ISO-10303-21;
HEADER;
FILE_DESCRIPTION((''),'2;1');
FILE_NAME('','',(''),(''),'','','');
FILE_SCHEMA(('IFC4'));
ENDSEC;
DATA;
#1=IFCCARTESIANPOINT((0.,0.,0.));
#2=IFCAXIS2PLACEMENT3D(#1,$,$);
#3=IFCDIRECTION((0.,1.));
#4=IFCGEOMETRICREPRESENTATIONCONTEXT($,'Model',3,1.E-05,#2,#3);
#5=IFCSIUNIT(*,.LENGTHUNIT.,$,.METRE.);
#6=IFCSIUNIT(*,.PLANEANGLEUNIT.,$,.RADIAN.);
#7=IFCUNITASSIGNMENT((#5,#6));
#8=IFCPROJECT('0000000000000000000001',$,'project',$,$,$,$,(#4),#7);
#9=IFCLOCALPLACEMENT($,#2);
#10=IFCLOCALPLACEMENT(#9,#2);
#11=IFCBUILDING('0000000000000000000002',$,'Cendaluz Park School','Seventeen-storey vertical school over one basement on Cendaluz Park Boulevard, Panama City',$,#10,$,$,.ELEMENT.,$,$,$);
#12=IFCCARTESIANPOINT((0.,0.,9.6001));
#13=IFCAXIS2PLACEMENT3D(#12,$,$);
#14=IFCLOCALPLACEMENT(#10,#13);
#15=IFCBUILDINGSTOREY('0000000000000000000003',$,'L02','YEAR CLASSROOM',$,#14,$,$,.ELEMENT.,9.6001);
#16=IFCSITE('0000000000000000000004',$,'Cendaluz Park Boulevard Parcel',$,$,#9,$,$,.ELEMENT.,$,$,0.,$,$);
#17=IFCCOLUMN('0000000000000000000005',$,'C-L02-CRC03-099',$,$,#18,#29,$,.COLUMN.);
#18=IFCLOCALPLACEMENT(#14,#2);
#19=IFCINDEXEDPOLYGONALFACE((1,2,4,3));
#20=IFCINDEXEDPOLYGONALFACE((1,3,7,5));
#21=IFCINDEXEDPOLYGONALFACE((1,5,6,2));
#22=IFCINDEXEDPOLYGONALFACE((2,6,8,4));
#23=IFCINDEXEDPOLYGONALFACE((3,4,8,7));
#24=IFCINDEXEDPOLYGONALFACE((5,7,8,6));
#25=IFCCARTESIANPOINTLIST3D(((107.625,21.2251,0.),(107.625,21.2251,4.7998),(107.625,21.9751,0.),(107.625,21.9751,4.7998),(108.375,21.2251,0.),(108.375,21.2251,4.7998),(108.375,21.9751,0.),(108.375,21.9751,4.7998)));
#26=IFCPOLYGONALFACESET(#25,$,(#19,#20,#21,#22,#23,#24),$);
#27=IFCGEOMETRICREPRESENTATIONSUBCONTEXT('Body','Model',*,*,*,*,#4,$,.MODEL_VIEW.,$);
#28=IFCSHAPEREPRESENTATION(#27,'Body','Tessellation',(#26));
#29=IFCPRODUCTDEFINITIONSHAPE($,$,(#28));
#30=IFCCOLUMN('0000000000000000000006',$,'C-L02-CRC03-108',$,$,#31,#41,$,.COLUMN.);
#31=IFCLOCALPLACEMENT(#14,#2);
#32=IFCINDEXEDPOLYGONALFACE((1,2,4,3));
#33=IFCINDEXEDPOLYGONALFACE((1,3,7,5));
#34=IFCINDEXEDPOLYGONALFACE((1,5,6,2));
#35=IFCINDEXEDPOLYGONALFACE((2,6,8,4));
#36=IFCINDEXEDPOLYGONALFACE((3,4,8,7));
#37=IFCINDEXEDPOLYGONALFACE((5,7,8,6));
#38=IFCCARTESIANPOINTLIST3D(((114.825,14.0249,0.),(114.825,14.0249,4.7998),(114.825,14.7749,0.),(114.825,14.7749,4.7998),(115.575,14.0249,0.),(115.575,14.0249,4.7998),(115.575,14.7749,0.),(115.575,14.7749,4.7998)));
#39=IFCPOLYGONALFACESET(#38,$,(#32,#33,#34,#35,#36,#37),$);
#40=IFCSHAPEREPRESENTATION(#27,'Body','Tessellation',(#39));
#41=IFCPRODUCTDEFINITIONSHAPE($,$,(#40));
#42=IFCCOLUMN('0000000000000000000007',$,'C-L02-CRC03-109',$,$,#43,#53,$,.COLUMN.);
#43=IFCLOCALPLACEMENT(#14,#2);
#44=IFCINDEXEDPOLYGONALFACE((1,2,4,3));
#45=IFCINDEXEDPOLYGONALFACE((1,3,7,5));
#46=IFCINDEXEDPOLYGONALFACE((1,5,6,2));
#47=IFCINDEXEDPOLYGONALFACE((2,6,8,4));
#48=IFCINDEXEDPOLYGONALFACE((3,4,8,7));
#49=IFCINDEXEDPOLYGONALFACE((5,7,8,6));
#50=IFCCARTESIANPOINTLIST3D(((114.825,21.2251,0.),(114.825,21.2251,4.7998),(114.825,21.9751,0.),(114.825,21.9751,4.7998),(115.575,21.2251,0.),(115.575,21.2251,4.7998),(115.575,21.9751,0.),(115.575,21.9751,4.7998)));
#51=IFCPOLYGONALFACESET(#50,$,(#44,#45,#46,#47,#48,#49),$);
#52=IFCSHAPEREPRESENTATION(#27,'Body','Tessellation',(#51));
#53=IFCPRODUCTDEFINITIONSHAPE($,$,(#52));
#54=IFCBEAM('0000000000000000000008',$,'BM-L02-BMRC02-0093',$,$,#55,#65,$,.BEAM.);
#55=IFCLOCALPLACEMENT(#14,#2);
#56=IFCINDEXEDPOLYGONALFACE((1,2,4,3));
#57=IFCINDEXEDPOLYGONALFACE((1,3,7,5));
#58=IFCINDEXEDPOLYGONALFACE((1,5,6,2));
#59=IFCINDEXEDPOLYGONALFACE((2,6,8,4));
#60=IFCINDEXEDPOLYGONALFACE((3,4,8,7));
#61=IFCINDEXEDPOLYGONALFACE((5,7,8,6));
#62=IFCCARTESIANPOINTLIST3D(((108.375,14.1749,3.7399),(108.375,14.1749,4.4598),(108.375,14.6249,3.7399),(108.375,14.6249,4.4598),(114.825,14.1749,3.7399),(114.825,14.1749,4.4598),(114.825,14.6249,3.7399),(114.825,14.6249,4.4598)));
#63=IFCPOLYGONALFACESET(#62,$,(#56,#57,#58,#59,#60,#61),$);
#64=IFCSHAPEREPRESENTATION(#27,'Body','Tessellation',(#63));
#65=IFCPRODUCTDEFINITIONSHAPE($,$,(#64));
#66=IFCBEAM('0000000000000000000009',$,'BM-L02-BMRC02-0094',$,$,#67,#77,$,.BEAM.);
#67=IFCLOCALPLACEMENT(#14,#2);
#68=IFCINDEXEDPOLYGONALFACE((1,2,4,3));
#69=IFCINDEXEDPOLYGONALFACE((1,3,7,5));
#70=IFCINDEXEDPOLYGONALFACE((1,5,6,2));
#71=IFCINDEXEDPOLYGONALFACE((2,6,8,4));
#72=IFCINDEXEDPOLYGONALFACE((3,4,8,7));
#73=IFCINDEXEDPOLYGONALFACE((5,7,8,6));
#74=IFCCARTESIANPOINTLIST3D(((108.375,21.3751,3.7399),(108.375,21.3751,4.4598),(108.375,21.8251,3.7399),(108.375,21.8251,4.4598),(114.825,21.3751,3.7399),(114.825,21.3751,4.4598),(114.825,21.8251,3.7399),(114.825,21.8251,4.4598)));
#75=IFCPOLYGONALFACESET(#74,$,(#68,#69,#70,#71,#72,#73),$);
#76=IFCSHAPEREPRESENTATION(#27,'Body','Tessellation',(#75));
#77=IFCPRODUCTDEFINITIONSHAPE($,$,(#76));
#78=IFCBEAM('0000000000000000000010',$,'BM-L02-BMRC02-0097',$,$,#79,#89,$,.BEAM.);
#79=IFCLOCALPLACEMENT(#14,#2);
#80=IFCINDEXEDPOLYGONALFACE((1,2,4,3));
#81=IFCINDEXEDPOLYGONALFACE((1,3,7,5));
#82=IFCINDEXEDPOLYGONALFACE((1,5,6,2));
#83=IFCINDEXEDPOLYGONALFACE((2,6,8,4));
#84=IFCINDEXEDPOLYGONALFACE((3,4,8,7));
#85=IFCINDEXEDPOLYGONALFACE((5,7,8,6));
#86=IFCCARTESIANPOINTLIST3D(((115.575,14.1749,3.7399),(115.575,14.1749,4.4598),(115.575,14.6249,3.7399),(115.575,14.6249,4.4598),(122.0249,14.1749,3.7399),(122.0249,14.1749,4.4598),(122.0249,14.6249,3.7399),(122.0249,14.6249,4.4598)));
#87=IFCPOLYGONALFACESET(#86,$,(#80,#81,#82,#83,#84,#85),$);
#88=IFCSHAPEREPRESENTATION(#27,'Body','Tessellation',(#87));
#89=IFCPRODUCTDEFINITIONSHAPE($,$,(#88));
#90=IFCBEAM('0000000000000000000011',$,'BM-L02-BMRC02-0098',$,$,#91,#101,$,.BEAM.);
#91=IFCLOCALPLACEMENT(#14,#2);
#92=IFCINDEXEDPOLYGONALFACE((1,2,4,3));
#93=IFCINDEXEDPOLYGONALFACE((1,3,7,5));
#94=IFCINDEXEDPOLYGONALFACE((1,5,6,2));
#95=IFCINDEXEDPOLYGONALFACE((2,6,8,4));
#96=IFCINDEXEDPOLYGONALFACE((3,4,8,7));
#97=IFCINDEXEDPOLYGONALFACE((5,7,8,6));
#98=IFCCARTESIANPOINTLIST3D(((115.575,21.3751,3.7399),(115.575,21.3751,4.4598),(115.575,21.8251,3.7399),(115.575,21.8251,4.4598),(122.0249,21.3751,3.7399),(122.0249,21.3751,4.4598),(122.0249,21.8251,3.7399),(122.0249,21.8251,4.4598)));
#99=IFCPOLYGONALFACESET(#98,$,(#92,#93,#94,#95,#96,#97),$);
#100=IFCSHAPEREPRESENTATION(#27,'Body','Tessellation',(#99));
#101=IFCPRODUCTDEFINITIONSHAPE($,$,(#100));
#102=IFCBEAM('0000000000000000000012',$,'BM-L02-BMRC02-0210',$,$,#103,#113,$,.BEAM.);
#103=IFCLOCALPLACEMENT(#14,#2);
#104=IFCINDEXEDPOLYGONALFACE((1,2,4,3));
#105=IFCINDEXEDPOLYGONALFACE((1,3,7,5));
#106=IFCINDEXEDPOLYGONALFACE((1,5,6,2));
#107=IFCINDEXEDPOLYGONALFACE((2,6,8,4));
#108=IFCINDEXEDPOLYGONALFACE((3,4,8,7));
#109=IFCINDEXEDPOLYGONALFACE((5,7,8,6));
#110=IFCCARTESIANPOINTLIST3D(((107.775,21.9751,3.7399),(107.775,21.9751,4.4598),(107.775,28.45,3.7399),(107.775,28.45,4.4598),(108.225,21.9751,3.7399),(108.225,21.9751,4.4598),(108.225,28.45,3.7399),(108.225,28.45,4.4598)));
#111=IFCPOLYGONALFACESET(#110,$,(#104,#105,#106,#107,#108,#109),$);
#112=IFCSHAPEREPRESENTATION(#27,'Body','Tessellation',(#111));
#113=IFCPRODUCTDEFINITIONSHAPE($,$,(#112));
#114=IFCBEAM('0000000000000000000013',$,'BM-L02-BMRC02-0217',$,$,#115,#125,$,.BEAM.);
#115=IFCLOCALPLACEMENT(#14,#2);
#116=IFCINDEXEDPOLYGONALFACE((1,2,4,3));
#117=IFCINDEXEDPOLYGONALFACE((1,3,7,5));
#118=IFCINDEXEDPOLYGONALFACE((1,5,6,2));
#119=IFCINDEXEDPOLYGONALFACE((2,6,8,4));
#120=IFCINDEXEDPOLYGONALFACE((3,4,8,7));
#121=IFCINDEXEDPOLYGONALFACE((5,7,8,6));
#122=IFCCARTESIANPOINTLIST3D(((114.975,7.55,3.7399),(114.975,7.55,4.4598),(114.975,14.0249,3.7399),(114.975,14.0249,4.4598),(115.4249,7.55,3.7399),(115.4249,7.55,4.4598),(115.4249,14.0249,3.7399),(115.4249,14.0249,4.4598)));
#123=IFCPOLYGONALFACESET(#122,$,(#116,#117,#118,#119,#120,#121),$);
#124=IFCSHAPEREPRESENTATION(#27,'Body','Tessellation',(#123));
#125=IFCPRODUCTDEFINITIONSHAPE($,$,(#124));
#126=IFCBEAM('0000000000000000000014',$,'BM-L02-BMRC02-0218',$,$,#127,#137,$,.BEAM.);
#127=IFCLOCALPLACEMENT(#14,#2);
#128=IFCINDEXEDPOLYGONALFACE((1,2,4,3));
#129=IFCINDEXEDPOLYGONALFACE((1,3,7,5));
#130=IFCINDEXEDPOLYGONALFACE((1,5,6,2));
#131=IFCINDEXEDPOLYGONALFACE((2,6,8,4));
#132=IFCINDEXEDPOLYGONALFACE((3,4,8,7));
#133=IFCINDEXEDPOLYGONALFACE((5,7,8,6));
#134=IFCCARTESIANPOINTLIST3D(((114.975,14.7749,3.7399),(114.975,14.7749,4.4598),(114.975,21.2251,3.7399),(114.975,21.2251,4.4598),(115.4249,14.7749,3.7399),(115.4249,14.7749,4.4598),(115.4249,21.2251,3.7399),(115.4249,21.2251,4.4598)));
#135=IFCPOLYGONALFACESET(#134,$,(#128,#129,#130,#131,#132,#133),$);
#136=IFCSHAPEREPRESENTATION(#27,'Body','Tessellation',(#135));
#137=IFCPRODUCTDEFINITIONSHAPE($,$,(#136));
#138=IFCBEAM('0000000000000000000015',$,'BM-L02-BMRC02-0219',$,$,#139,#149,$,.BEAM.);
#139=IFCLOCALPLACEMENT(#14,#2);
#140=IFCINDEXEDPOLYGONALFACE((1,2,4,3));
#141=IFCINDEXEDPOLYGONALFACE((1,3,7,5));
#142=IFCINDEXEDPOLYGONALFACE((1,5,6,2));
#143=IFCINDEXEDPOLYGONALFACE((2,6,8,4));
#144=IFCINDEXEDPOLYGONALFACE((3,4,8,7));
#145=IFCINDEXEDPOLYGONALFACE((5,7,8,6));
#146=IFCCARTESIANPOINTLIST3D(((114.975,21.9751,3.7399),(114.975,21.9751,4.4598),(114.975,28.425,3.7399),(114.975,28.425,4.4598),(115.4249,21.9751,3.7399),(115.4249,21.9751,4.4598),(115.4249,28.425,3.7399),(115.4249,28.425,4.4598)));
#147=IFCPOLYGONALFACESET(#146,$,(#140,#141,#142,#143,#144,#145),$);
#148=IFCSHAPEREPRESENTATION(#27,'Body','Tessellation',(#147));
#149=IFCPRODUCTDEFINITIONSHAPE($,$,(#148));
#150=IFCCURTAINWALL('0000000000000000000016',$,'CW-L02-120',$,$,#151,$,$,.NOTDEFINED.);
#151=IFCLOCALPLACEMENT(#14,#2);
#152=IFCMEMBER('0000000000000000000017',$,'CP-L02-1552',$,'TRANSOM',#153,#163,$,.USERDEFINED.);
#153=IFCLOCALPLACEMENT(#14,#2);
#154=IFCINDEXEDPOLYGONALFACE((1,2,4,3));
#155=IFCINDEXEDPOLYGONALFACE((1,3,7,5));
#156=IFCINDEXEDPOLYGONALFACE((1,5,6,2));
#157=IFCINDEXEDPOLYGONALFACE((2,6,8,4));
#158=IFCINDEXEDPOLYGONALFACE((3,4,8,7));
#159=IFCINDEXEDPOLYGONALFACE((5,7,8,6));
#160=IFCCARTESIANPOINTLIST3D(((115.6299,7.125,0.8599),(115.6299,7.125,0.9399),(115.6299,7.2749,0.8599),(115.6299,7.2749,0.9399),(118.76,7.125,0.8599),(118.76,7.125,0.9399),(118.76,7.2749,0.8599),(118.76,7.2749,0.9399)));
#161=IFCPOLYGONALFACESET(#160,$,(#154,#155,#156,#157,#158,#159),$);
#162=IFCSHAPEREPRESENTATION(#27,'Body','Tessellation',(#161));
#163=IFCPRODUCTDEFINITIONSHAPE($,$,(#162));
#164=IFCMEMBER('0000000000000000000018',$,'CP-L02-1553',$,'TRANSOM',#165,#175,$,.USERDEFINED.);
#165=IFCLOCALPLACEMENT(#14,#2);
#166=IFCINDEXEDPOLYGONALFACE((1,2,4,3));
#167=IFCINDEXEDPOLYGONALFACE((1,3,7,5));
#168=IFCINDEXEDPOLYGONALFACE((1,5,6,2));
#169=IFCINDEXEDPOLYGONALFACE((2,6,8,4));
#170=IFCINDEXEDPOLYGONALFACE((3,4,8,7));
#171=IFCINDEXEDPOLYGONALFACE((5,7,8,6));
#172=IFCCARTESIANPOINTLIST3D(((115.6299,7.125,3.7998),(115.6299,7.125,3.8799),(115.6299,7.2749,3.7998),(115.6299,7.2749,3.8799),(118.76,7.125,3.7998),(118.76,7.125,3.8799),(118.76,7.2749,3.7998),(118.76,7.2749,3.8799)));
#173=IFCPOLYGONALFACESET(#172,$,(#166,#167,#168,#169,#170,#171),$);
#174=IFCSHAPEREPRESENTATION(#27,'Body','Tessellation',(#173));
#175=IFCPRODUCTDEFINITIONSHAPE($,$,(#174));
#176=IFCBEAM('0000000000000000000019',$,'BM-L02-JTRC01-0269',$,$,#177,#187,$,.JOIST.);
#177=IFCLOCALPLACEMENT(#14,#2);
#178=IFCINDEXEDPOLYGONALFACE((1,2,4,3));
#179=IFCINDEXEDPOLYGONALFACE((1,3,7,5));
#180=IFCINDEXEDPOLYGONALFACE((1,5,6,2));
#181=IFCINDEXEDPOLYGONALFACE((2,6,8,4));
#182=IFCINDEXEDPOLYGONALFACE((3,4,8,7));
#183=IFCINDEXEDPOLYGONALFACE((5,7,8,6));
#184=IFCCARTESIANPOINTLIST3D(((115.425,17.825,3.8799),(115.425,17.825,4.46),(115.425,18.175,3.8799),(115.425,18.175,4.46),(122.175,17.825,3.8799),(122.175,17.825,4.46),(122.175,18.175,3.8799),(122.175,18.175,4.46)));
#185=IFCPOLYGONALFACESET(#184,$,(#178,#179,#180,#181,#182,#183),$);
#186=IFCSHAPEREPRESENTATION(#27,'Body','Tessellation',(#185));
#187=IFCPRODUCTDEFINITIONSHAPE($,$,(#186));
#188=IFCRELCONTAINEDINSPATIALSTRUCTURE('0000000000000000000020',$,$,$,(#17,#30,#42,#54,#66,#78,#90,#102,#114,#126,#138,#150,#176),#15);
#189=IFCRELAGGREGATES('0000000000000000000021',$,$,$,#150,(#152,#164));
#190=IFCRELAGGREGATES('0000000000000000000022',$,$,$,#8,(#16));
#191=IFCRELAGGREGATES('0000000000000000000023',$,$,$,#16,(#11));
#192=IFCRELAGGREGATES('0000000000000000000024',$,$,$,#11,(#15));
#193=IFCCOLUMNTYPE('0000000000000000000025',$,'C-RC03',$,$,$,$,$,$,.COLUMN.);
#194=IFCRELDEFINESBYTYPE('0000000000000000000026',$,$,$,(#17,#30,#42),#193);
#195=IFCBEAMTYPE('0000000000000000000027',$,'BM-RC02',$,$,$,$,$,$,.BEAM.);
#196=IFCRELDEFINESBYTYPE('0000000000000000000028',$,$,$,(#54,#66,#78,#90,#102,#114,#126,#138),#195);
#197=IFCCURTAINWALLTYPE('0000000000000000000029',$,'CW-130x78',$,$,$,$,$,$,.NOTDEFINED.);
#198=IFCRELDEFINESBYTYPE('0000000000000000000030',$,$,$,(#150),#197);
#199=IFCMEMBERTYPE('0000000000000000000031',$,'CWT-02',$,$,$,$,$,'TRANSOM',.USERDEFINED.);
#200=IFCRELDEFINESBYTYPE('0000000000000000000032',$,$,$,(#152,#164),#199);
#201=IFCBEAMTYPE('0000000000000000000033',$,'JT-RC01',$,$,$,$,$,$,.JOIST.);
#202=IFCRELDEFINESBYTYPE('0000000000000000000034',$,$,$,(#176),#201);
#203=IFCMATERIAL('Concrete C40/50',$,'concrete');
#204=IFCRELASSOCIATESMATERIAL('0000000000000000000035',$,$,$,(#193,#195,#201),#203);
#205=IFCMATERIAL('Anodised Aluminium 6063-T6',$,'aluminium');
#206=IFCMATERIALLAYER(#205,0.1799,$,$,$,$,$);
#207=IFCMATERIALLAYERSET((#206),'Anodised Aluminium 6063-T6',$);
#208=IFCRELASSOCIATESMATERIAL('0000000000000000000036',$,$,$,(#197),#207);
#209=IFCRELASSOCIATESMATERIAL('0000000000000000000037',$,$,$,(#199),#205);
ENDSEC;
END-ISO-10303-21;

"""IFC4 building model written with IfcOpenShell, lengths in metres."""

from ifc_helpers import new_model, si_unit, direction, frame, origin, origin_2d, place, context, subcontext, project, spatial, rectangle, extrude, material, layer, layer_set, material_profile, profile_set, type_object, element, aggregate, save


model = new_model("IFC4")

# Units and contexts
model_context = context("Model", 3, precision=1e-05, world=origin(), true_north=direction((0.0, 1.0)))
body_context = subcontext(model_context, "Body", "Model", "MODEL_VIEW")
ifc_project = project(units=[si_unit("LENGTHUNIT", "METRE"), si_unit("PLANEANGLEUNIT", "RADIAN")], contexts=[model_context])

# Site, building, storey
site_placement = place(None, origin())
site = spatial("IfcSite", under=ifc_project, at=site_placement, Name="Cendaluz Park Boulevard Parcel", CompositionType="ELEMENT", RefElevation=0.0)
building_placement = place(site_placement, origin())
building = spatial("IfcBuilding", under=site, at=building_placement, Name="Cendaluz Park School", Description="Seventeen-storey vertical school over one basement on Cendaluz Park Boulevard, Panama City", CompositionType="ELEMENT")
storey_placement = place(building_placement, frame((0.0, 0.0, 9.6001)))
storey = spatial("IfcBuildingStorey", under=building, at=storey_placement, Name="L02", Description="YEAR CLASSROOM", CompositionType="ELEMENT", Elevation=9.6001)

# Columns
ifc_material_1 = material(Name="Concrete C40/50", Category="concrete")
ifc_material_profile_1 = material_profile(ifc_material_1, rectangle(XDim=0.75, YDim=0.75, at=origin_2d()), Name="RC 750x750", Category="concrete")
ifc_profile_set_1 = profile_set([ifc_material_profile_1], Name="Concrete C40/50")
column_type = type_object("IfcColumnType", Name="C-RC03", PredefinedType="COLUMN", material=ifc_profile_set_1)
for number, where, z_axis, x_axis, name in (
    (1, (108.0, 21.6001, 0.0), (0.0, 0.0, 1.0), (1.0, 0.0, 0.0), "C-L02-CRC03-099"),
    (2, (115.2, 14.3999, 0.0), (0.0, 0.0, 1.0), (1.0, 0.0, 0.0), "C-L02-CRC03-108"),
    (3, (115.2, 21.6001, 0.0), (0.0, 0.0, 1.0), (1.0, 0.0, 0.0), "C-L02-CRC03-109"),
):
    element("IfcColumn", number, at=place(storey_placement, frame(where, z_axis=z_axis, x_axis=x_axis)), inside=storey, type_object=column_type, Name=name, PredefinedType="COLUMN", context=body_context, shape_type="SweptSolid", body=[
        extrude(rectangle(XDim=0.75, YDim=0.75, at=origin_2d()), origin(), (0.0, 0.0, 1.0), 4.7998),
    ])

# Beams
ifc_material_profile_2 = material_profile(ifc_material_1, rectangle(XDim=0.45, YDim=0.72, at=origin_2d()), Name="RC 450x720", Category="concrete")
ifc_profile_set_2 = profile_set([ifc_material_profile_2], Name="Concrete C40/50")
beam_type_1 = type_object("IfcBeamType", Name="BM-RC02", PredefinedType="BEAM", material=ifc_profile_set_2)
for number, where, z_axis, x_axis, name in (
    (4, (108.375, 14.3999, 4.0999), (1.0, 0.0, 0.0), (0.0, 1.0, 0.0), "BM-L02-BMRC02-0093"),
    (5, (108.375, 21.6001, 4.0999), (1.0, 0.0, 0.0), (0.0, 1.0, 0.0), "BM-L02-BMRC02-0094"),
    (6, (115.575, 14.3999, 4.0999), (1.0, 0.0, 0.0), (0.0, 1.0, 0.0), "BM-L02-BMRC02-0097"),
    (7, (115.575, 21.6001, 4.0999), (1.0, 0.0, 0.0), (0.0, 1.0, 0.0), "BM-L02-BMRC02-0098"),
):
    element("IfcBeam", number, at=place(storey_placement, frame(where, z_axis=z_axis, x_axis=x_axis)), inside=storey, type_object=beam_type_1, Name=name, PredefinedType="BEAM", context=body_context, shape_type="SweptSolid", body=[
        extrude(rectangle(XDim=0.45, YDim=0.72, at=origin_2d()), origin(), (0.0, 0.0, 1.0), 6.45),
    ])
for number, where, z_axis, x_axis, name in (
    (8, (108.0, 21.9751, 4.0999), (0.0, 1.0, 0.0), (-1.0, 0.0, 0.0), "BM-L02-BMRC02-0210"),
    (9, (115.2, 7.55, 4.0999), (0.0, 1.0, 0.0), (-1.0, 0.0, 0.0), "BM-L02-BMRC02-0217"),
):
    element("IfcBeam", number, at=place(storey_placement, frame(where, z_axis=z_axis, x_axis=x_axis)), inside=storey, type_object=beam_type_1, Name=name, PredefinedType="BEAM", context=body_context, shape_type="SweptSolid", body=[
        extrude(rectangle(XDim=0.45, YDim=0.72, at=origin_2d()), origin(), (0.0, 0.0, 1.0), 6.4749),
    ])
beam_1_placement = place(storey_placement, frame((115.2, 14.7749, 4.0999), z_axis=(0.0, 1.0, 0.0), x_axis=(-1.0, 0.0, 0.0)))
element("IfcBeam", 10, at=beam_1_placement, inside=storey, type_object=beam_type_1, Name="BM-L02-BMRC02-0218", PredefinedType="BEAM", context=body_context, shape_type="SweptSolid", body=[
    extrude(rectangle(XDim=0.45, YDim=0.72, at=origin_2d()), origin(), (0.0, 0.0, 1.0), 6.4502),
])
beam_2_placement = place(storey_placement, frame((115.2, 21.9751, 4.0999), z_axis=(0.0, 1.0, 0.0), x_axis=(-1.0, 0.0, 0.0)))
element("IfcBeam", 11, at=beam_2_placement, inside=storey, type_object=beam_type_1, Name="BM-L02-BMRC02-0219", PredefinedType="BEAM", context=body_context, shape_type="SweptSolid", body=[
    extrude(rectangle(XDim=0.45, YDim=0.72, at=origin_2d()), origin(), (0.0, 0.0, 1.0), 6.45),
])

# Curtain wall, members
ifc_material_2 = material(Name="Anodised Aluminium 6063-T6", Category="aluminium")
ifc_layer_1 = layer(ifc_material_2, 0.1799)
ifc_layer_set_1 = layer_set([ifc_layer_1], Name="Anodised Aluminium 6063-T6")
curtain_wall_type = type_object("IfcCurtainWallType", Name="CW-130x78", PredefinedType="NOTDEFINED", material=ifc_layer_set_1)
curtain_wall_placement = place(storey_placement, origin())
curtain_wall = element("IfcCurtainWall", 12, at=curtain_wall_placement, inside=storey, type_object=curtain_wall_type, Name="CW-L02-120", PredefinedType="NOTDEFINED")
ifc_material_profile_3 = material_profile(ifc_material_2, rectangle(XDim=0.1499, YDim=0.0801, at=origin_2d()), Name="CWT 150x80", Category="aluminium")
ifc_profile_set_3 = profile_set([ifc_material_profile_3], Name="Anodised Aluminium 6063-T6")
member_type = type_object("IfcMemberType", Name="CWT-02", ElementType="TRANSOM", PredefinedType="USERDEFINED", material=ifc_profile_set_3)
member_1_placement = place(storey_placement, frame((115.6299, 7.2, 0.8999), z_axis=(1.0, 0.0, 0.0), x_axis=(0.0, 1.0, 0.0)))
member_1 = element("IfcMember", 13, at=member_1_placement, type_object=member_type, Name="CP-L02-1552", ObjectType="TRANSOM", PredefinedType="USERDEFINED", context=body_context, shape_type="SweptSolid", body=[
    extrude(rectangle(XDim=0.1499, YDim=0.0801, at=origin_2d()), origin(), (0.0, 0.0, 1.0), 3.1301),
])
member_2_placement = place(storey_placement, frame((115.6299, 7.2, 3.8398), z_axis=(1.0, 0.0, 0.0), x_axis=(0.0, 1.0, 0.0)))
member_2 = element("IfcMember", 14, at=member_2_placement, type_object=member_type, Name="CP-L02-1553", ObjectType="TRANSOM", PredefinedType="USERDEFINED", context=body_context, shape_type="SweptSolid", body=[
    extrude(rectangle(XDim=0.1499, YDim=0.0801, at=origin_2d()), origin(), (0.0, 0.0, 1.0), 3.1301),
])
aggregate(curtain_wall, [member_1, member_2])

# Beam
ifc_material_profile_4 = material_profile(ifc_material_1, rectangle(XDim=0.3501, YDim=0.5801, at=origin_2d()), Name="RC 350x580", Category="concrete")
ifc_profile_set_4 = profile_set([ifc_material_profile_4], Name="Concrete C40/50")
beam_type_2 = type_object("IfcBeamType", Name="JT-RC01", PredefinedType="JOIST", material=ifc_profile_set_4)
beam_3_placement = place(storey_placement, frame((115.425, 18.0, 4.1699), z_axis=(1.0, 0.0, 0.0), x_axis=(0.0, 1.0, 0.0)))
element("IfcBeam", 15, at=beam_3_placement, inside=storey, type_object=beam_type_2, Name="BM-L02-JTRC01-0269", PredefinedType="JOIST", context=body_context, shape_type="SweptSolid", body=[
    extrude(rectangle(XDim=0.3501, YDim=0.5801, at=origin_2d()), origin(), (0.0, 0.0, 1.0), 6.75),
])

save(model, "model.ifc")
